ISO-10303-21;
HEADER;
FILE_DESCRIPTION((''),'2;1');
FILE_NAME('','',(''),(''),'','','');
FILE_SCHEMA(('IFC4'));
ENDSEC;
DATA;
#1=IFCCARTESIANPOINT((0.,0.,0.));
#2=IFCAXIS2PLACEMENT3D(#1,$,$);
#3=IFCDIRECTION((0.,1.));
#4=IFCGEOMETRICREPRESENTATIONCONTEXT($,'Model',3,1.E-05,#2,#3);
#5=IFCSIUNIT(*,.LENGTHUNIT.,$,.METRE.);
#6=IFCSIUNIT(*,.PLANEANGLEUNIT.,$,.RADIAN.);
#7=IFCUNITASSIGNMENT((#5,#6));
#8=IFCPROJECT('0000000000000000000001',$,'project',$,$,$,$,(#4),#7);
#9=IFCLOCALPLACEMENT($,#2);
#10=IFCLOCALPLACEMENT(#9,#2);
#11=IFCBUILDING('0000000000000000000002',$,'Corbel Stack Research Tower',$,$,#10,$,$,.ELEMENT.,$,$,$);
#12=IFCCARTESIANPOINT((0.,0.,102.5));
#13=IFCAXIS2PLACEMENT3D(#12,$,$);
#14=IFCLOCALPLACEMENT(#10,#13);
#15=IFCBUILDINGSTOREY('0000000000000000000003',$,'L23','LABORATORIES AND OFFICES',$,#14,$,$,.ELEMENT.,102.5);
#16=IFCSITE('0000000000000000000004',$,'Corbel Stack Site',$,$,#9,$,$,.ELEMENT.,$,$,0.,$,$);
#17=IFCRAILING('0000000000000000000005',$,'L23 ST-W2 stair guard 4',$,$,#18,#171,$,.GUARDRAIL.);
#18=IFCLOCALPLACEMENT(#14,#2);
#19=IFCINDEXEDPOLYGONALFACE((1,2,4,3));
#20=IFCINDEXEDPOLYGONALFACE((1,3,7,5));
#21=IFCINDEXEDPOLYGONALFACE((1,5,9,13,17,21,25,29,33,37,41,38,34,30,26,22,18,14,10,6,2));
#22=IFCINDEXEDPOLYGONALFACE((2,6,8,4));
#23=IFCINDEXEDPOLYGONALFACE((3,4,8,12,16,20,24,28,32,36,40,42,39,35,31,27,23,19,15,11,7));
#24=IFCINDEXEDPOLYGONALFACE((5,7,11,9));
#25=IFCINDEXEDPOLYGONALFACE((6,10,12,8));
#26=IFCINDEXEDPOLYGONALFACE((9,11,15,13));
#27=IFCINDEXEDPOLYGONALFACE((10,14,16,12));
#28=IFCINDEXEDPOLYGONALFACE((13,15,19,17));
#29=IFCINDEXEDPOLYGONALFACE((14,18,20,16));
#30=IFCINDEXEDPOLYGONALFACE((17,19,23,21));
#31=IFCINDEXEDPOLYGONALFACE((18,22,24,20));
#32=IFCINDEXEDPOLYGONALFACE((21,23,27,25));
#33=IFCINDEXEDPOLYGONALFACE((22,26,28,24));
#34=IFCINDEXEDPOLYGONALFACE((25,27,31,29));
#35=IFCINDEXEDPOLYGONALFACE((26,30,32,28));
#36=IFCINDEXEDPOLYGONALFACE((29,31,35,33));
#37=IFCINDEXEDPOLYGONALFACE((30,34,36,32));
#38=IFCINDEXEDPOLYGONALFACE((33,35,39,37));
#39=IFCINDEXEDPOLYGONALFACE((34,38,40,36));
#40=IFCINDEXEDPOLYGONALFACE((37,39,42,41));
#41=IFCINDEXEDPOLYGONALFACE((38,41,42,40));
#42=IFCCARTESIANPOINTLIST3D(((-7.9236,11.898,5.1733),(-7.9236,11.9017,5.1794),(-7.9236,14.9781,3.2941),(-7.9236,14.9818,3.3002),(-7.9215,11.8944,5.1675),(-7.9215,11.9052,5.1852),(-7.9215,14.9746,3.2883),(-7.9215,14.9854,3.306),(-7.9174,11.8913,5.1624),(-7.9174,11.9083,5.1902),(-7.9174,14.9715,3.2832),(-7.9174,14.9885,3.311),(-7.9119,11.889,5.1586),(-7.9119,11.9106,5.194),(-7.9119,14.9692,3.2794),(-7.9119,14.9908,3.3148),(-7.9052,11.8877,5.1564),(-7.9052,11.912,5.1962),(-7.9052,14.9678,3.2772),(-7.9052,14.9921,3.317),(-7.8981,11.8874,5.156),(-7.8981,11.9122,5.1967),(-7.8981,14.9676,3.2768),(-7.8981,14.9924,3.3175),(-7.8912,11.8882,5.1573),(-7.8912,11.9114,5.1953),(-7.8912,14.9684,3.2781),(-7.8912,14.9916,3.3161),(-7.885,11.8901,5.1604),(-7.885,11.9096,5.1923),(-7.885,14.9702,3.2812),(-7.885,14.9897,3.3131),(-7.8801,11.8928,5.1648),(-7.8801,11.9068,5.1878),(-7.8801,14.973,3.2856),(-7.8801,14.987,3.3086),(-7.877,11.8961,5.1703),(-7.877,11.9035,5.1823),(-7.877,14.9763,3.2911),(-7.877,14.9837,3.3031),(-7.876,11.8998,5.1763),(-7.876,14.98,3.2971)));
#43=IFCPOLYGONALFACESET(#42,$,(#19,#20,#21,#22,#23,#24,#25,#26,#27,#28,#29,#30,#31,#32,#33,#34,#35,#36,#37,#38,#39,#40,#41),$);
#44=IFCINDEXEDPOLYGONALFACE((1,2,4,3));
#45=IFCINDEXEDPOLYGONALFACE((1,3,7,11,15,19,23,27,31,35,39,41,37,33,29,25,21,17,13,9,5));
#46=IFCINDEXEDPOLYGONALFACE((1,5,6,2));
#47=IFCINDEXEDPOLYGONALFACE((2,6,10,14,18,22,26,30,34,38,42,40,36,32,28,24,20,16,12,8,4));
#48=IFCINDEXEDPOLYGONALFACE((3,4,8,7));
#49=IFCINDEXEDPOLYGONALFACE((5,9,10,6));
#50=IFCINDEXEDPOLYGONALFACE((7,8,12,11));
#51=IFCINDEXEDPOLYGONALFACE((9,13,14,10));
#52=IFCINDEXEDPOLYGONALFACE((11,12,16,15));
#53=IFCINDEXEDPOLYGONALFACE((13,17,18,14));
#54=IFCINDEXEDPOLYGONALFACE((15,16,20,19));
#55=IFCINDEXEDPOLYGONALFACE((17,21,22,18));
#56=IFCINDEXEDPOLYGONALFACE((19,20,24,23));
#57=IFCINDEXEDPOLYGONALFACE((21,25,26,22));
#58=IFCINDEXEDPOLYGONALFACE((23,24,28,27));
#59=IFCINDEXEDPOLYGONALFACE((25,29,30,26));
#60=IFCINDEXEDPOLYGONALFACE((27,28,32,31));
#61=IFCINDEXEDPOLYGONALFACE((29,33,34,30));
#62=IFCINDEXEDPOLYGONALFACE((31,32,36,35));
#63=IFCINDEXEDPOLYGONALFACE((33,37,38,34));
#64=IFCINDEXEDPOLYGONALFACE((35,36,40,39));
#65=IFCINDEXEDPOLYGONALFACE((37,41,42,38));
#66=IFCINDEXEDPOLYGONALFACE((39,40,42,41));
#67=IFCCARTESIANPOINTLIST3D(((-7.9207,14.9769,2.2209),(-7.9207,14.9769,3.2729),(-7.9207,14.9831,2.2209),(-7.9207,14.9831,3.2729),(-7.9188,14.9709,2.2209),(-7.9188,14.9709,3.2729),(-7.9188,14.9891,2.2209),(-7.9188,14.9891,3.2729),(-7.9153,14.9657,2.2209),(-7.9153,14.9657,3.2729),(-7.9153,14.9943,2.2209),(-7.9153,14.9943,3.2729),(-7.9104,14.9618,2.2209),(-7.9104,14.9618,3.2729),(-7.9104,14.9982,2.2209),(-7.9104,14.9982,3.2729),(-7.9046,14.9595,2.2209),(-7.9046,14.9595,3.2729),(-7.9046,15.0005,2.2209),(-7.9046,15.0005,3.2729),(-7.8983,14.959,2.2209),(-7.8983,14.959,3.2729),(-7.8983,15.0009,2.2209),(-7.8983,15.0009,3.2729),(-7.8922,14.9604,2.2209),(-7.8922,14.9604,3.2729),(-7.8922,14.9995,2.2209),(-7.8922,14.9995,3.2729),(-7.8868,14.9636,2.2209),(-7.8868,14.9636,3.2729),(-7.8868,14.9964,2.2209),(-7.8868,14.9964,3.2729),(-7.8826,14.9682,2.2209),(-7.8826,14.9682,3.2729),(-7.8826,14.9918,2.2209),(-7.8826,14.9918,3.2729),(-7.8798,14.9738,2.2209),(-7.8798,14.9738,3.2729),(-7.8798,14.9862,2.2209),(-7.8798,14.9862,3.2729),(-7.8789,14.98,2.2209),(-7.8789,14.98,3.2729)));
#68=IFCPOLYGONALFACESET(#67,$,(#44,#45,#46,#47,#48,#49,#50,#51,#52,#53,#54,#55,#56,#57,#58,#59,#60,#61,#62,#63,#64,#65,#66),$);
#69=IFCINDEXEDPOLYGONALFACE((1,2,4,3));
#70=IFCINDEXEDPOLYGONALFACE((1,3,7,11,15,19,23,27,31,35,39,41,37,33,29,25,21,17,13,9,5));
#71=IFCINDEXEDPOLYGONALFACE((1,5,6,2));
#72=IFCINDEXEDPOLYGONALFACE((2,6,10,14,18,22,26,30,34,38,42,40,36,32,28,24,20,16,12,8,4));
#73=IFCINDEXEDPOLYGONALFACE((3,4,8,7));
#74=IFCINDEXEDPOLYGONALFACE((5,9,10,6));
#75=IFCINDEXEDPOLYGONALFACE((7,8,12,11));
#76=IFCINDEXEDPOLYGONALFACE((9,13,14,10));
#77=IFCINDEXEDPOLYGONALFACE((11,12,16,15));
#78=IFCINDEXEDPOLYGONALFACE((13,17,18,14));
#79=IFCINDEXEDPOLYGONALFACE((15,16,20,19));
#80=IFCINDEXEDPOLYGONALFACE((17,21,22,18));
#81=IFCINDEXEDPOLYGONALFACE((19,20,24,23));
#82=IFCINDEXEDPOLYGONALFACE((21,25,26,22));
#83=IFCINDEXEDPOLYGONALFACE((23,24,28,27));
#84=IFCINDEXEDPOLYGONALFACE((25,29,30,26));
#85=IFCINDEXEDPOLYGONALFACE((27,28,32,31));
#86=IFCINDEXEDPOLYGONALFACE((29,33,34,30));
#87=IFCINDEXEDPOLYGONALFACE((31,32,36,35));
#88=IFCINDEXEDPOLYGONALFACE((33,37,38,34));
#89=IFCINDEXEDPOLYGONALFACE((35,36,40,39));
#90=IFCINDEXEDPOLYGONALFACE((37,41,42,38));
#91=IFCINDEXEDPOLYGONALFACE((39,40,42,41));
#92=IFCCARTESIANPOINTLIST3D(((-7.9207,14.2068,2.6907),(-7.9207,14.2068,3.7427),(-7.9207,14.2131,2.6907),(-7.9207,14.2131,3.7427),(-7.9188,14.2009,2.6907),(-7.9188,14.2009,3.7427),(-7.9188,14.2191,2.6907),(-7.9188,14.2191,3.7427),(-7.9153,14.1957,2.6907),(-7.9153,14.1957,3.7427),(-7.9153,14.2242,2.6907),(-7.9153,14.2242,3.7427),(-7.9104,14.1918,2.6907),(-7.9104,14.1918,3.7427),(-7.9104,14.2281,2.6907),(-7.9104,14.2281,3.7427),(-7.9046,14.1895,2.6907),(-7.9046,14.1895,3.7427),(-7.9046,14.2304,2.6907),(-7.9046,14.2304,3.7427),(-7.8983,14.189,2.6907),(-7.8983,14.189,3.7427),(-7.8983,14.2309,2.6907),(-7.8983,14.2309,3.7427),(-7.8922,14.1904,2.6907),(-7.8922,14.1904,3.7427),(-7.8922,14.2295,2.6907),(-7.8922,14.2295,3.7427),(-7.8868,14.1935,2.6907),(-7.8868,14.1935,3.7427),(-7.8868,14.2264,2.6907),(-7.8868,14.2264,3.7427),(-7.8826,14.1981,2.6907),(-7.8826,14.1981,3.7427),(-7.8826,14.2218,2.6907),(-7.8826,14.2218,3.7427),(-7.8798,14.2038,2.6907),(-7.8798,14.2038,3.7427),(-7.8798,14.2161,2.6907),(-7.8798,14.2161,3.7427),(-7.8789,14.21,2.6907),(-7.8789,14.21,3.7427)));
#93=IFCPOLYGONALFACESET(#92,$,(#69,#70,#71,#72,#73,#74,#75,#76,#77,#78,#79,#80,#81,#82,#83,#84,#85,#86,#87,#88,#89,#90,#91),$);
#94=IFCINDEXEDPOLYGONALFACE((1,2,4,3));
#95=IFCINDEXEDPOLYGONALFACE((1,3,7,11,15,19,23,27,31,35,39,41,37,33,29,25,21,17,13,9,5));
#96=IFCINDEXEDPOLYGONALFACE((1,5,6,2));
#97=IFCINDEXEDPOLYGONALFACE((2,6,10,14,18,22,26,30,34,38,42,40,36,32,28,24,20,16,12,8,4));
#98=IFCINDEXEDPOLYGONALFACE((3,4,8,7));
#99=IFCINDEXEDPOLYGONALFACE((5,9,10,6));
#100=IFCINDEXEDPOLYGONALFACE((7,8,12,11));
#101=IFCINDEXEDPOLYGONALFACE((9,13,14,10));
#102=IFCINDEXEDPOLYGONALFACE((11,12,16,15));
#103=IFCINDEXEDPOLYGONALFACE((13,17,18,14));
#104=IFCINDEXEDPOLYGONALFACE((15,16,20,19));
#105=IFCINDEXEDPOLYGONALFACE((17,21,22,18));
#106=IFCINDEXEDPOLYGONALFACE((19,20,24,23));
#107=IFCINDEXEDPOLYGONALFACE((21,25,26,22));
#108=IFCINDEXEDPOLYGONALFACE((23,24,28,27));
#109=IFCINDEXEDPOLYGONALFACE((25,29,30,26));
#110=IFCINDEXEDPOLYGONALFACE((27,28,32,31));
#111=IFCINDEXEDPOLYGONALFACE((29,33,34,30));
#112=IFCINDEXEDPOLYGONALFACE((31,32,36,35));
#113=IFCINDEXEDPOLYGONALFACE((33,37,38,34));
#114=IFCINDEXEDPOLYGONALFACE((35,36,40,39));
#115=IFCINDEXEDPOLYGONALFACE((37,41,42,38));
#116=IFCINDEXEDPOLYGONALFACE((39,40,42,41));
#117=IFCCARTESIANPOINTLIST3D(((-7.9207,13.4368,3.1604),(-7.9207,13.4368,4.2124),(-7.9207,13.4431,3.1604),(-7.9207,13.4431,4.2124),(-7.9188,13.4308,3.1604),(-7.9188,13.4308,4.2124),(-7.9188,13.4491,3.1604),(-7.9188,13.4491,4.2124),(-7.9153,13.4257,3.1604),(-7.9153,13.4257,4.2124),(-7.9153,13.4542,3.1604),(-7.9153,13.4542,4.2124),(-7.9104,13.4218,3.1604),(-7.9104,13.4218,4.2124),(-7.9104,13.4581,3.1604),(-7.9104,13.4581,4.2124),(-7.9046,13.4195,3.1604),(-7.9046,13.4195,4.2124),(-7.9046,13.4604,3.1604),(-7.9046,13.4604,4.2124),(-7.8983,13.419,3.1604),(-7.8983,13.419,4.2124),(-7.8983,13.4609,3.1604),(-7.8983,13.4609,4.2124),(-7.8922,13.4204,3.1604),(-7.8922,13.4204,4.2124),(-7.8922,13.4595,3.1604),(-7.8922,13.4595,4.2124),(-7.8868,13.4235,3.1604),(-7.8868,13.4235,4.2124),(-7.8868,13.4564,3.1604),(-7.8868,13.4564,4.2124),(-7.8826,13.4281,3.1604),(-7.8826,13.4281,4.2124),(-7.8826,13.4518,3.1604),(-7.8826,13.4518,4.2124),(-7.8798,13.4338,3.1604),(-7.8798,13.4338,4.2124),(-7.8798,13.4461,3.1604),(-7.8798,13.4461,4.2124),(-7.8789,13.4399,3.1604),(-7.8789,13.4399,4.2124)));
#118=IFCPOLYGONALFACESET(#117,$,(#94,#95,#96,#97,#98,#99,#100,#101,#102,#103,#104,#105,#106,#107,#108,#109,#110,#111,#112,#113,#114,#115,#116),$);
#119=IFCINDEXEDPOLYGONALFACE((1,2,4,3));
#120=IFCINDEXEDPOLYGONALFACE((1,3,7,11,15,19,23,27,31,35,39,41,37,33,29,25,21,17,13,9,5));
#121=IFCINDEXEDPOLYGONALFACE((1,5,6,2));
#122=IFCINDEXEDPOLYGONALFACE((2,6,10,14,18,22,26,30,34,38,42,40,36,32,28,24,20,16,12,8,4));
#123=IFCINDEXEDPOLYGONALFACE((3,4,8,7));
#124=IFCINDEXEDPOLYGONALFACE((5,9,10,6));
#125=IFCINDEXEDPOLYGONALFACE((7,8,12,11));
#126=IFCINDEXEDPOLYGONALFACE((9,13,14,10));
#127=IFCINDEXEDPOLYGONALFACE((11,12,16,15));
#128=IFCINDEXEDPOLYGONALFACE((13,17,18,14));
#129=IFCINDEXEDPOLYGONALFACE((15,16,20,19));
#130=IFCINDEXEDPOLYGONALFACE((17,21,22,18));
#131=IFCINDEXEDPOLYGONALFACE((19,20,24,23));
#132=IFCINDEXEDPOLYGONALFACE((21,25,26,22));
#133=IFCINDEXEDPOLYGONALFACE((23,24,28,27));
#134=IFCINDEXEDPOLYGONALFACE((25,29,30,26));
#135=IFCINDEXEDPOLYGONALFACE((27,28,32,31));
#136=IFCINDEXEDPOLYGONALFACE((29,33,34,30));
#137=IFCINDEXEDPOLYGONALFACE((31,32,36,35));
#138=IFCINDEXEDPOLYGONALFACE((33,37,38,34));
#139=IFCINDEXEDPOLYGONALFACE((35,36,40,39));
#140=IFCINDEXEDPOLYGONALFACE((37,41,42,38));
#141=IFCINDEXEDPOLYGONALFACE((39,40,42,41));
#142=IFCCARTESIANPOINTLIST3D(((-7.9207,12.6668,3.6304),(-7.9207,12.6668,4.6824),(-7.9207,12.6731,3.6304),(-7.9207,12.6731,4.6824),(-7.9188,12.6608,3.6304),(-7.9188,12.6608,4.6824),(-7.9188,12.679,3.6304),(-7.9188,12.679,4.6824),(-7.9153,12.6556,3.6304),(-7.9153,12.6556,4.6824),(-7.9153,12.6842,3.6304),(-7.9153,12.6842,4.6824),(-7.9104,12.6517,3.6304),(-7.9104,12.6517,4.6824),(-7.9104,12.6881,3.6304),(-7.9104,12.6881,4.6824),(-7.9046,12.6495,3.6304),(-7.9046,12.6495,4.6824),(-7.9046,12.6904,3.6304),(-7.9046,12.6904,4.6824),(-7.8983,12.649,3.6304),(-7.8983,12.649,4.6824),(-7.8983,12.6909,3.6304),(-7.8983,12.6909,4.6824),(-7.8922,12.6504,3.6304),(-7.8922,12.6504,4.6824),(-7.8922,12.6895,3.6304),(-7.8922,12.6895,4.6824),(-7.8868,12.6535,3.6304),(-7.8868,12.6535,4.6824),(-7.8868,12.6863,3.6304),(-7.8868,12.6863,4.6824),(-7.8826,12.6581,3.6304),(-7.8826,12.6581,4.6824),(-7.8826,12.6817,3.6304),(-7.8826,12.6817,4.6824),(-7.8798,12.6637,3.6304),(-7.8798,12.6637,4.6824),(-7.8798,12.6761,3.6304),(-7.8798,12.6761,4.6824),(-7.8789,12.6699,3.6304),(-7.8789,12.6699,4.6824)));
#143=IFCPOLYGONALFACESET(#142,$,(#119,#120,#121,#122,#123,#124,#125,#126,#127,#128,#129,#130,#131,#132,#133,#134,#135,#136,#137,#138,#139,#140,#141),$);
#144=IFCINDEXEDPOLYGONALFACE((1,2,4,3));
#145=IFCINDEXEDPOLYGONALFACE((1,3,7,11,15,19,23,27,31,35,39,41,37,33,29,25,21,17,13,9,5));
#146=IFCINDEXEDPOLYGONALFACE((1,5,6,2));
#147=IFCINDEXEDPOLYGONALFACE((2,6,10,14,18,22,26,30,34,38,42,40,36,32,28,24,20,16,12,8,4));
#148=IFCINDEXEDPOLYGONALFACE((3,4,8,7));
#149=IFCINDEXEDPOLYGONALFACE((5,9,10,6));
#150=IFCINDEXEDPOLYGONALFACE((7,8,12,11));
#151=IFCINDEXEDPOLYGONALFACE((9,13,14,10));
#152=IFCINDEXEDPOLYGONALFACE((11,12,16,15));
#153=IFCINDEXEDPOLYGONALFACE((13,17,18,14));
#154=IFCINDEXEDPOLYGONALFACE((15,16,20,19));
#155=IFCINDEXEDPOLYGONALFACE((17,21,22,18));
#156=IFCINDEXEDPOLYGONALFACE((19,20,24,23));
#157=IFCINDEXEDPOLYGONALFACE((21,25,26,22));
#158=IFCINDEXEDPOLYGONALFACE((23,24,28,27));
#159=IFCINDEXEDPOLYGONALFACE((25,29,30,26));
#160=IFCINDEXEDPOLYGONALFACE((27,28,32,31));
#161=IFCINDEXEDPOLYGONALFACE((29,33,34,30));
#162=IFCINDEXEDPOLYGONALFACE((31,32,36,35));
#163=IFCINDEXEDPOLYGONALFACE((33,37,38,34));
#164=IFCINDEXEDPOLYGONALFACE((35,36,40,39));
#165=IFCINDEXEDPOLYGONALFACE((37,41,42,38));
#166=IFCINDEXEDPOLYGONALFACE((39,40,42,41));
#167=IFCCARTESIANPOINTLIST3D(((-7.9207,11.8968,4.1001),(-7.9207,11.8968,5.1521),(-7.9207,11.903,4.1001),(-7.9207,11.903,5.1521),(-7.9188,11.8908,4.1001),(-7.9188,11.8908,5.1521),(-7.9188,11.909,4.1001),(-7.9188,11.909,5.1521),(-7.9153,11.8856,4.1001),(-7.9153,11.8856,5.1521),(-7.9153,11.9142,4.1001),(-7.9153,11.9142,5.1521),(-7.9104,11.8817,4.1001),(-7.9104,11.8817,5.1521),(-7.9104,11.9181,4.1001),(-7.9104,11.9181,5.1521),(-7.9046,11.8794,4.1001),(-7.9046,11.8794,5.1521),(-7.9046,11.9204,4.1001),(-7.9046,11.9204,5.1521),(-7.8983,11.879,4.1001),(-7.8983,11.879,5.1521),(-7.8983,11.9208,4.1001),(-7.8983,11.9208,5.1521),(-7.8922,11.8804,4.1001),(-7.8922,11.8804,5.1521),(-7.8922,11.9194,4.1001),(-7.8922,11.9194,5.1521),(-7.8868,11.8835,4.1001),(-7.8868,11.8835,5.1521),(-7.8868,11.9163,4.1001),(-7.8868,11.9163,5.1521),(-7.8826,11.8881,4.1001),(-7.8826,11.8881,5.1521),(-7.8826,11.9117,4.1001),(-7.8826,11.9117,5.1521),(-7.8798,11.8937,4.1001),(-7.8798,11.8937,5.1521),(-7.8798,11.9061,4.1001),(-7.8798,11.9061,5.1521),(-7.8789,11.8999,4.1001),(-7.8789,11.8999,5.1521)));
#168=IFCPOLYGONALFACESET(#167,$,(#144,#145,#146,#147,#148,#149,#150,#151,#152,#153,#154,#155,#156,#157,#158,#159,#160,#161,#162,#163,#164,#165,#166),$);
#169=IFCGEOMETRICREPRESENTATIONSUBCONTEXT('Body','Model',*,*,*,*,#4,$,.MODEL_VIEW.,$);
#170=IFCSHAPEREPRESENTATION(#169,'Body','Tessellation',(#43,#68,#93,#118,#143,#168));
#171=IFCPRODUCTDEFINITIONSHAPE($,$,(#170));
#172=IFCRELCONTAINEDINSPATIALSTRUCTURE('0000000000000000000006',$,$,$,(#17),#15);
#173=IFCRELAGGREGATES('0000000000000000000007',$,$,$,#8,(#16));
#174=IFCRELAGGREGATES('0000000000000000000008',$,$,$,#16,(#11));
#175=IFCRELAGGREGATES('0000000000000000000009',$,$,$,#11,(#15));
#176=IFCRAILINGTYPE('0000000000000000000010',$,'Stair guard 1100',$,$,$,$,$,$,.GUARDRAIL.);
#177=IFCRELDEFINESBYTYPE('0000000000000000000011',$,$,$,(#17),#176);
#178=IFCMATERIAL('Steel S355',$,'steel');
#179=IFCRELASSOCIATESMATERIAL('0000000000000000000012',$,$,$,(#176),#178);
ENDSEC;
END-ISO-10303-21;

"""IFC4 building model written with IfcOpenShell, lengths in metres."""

from ifc_helpers import new_model, si_unit, direction, frame, origin, origin_2d, place, context, subcontext, project, spatial, circle, extrude, material, type_object, element, save


model = new_model("IFC4")

# Units and contexts
model_context = context("Model", 3, precision=1e-05, world=origin(), true_north=direction((0.0, 1.0)))
body_context = subcontext(model_context, "Body", "Model", "MODEL_VIEW")
ifc_project = project(units=[si_unit("LENGTHUNIT", "METRE"), si_unit("PLANEANGLEUNIT", "RADIAN")], contexts=[model_context])

# Site, building, storey
site_placement = place(None, origin())
site = spatial("IfcSite", under=ifc_project, at=site_placement, Name="Corbel Stack Site", CompositionType="ELEMENT", RefElevation=0.0)
building_placement = place(site_placement, origin())
building = spatial("IfcBuilding", under=site, at=building_placement, Name="Corbel Stack Research Tower", CompositionType="ELEMENT")
storey_placement = place(building_placement, frame((0.0, 0.0, 102.5)))
storey = spatial("IfcBuildingStorey", under=building, at=storey_placement, Name="L23", Description="LABORATORIES AND OFFICES", CompositionType="ELEMENT", Elevation=102.5)

# Railing
ifc_material_1 = material(Name="Steel S355", Category="steel")
railing_type_1 = type_object("IfcRailingType", Name="Stair guard 1100", PredefinedType="GUARDRAIL", material=ifc_material_1)
railing_1_placement = place(storey_placement, frame((-7.8999, 14.98, 2.2209)))
element("IfcRailing", 1, at=railing_1_placement, inside=storey, type_object=railing_type_1, Name="L23 ST-W2 stair guard 4", PredefinedType="GUARDRAIL", context=body_context, shape_type="SweptSolid", body=[
    extrude(circle(Radius=0.0239, at=origin_2d()), frame((0.0, 0.0, 1.0762), z_axis=(0.0, -0.853666, 0.52082), x_axis=(1.0, 0.0, 0.0)), (0.0, 0.0, 1.0), 3.6082),
    extrude(circle(Radius=0.021, at=origin_2d()), origin(), (0.0, 0.0, 1.0), 1.052),
    extrude(circle(Radius=0.021, at=origin_2d()), frame((0.0, -0.77, 0.4697)), (0.0, 0.0, 1.0), 1.052),
    extrude(circle(Radius=0.021, at=origin_2d()), frame((0.0, -1.54, 0.9395)), (0.0, 0.0, 1.0), 1.052),
    extrude(circle(Radius=0.021, at=origin_2d()), frame((0.0, -2.3101, 1.4094)), (0.0, 0.0, 1.0), 1.052),
    extrude(circle(Radius=0.021, at=origin_2d()), frame((0.0, -3.0801, 1.8792)), (0.0, 0.0, 1.0), 1.052),
])

save(model, "model.ifc")
